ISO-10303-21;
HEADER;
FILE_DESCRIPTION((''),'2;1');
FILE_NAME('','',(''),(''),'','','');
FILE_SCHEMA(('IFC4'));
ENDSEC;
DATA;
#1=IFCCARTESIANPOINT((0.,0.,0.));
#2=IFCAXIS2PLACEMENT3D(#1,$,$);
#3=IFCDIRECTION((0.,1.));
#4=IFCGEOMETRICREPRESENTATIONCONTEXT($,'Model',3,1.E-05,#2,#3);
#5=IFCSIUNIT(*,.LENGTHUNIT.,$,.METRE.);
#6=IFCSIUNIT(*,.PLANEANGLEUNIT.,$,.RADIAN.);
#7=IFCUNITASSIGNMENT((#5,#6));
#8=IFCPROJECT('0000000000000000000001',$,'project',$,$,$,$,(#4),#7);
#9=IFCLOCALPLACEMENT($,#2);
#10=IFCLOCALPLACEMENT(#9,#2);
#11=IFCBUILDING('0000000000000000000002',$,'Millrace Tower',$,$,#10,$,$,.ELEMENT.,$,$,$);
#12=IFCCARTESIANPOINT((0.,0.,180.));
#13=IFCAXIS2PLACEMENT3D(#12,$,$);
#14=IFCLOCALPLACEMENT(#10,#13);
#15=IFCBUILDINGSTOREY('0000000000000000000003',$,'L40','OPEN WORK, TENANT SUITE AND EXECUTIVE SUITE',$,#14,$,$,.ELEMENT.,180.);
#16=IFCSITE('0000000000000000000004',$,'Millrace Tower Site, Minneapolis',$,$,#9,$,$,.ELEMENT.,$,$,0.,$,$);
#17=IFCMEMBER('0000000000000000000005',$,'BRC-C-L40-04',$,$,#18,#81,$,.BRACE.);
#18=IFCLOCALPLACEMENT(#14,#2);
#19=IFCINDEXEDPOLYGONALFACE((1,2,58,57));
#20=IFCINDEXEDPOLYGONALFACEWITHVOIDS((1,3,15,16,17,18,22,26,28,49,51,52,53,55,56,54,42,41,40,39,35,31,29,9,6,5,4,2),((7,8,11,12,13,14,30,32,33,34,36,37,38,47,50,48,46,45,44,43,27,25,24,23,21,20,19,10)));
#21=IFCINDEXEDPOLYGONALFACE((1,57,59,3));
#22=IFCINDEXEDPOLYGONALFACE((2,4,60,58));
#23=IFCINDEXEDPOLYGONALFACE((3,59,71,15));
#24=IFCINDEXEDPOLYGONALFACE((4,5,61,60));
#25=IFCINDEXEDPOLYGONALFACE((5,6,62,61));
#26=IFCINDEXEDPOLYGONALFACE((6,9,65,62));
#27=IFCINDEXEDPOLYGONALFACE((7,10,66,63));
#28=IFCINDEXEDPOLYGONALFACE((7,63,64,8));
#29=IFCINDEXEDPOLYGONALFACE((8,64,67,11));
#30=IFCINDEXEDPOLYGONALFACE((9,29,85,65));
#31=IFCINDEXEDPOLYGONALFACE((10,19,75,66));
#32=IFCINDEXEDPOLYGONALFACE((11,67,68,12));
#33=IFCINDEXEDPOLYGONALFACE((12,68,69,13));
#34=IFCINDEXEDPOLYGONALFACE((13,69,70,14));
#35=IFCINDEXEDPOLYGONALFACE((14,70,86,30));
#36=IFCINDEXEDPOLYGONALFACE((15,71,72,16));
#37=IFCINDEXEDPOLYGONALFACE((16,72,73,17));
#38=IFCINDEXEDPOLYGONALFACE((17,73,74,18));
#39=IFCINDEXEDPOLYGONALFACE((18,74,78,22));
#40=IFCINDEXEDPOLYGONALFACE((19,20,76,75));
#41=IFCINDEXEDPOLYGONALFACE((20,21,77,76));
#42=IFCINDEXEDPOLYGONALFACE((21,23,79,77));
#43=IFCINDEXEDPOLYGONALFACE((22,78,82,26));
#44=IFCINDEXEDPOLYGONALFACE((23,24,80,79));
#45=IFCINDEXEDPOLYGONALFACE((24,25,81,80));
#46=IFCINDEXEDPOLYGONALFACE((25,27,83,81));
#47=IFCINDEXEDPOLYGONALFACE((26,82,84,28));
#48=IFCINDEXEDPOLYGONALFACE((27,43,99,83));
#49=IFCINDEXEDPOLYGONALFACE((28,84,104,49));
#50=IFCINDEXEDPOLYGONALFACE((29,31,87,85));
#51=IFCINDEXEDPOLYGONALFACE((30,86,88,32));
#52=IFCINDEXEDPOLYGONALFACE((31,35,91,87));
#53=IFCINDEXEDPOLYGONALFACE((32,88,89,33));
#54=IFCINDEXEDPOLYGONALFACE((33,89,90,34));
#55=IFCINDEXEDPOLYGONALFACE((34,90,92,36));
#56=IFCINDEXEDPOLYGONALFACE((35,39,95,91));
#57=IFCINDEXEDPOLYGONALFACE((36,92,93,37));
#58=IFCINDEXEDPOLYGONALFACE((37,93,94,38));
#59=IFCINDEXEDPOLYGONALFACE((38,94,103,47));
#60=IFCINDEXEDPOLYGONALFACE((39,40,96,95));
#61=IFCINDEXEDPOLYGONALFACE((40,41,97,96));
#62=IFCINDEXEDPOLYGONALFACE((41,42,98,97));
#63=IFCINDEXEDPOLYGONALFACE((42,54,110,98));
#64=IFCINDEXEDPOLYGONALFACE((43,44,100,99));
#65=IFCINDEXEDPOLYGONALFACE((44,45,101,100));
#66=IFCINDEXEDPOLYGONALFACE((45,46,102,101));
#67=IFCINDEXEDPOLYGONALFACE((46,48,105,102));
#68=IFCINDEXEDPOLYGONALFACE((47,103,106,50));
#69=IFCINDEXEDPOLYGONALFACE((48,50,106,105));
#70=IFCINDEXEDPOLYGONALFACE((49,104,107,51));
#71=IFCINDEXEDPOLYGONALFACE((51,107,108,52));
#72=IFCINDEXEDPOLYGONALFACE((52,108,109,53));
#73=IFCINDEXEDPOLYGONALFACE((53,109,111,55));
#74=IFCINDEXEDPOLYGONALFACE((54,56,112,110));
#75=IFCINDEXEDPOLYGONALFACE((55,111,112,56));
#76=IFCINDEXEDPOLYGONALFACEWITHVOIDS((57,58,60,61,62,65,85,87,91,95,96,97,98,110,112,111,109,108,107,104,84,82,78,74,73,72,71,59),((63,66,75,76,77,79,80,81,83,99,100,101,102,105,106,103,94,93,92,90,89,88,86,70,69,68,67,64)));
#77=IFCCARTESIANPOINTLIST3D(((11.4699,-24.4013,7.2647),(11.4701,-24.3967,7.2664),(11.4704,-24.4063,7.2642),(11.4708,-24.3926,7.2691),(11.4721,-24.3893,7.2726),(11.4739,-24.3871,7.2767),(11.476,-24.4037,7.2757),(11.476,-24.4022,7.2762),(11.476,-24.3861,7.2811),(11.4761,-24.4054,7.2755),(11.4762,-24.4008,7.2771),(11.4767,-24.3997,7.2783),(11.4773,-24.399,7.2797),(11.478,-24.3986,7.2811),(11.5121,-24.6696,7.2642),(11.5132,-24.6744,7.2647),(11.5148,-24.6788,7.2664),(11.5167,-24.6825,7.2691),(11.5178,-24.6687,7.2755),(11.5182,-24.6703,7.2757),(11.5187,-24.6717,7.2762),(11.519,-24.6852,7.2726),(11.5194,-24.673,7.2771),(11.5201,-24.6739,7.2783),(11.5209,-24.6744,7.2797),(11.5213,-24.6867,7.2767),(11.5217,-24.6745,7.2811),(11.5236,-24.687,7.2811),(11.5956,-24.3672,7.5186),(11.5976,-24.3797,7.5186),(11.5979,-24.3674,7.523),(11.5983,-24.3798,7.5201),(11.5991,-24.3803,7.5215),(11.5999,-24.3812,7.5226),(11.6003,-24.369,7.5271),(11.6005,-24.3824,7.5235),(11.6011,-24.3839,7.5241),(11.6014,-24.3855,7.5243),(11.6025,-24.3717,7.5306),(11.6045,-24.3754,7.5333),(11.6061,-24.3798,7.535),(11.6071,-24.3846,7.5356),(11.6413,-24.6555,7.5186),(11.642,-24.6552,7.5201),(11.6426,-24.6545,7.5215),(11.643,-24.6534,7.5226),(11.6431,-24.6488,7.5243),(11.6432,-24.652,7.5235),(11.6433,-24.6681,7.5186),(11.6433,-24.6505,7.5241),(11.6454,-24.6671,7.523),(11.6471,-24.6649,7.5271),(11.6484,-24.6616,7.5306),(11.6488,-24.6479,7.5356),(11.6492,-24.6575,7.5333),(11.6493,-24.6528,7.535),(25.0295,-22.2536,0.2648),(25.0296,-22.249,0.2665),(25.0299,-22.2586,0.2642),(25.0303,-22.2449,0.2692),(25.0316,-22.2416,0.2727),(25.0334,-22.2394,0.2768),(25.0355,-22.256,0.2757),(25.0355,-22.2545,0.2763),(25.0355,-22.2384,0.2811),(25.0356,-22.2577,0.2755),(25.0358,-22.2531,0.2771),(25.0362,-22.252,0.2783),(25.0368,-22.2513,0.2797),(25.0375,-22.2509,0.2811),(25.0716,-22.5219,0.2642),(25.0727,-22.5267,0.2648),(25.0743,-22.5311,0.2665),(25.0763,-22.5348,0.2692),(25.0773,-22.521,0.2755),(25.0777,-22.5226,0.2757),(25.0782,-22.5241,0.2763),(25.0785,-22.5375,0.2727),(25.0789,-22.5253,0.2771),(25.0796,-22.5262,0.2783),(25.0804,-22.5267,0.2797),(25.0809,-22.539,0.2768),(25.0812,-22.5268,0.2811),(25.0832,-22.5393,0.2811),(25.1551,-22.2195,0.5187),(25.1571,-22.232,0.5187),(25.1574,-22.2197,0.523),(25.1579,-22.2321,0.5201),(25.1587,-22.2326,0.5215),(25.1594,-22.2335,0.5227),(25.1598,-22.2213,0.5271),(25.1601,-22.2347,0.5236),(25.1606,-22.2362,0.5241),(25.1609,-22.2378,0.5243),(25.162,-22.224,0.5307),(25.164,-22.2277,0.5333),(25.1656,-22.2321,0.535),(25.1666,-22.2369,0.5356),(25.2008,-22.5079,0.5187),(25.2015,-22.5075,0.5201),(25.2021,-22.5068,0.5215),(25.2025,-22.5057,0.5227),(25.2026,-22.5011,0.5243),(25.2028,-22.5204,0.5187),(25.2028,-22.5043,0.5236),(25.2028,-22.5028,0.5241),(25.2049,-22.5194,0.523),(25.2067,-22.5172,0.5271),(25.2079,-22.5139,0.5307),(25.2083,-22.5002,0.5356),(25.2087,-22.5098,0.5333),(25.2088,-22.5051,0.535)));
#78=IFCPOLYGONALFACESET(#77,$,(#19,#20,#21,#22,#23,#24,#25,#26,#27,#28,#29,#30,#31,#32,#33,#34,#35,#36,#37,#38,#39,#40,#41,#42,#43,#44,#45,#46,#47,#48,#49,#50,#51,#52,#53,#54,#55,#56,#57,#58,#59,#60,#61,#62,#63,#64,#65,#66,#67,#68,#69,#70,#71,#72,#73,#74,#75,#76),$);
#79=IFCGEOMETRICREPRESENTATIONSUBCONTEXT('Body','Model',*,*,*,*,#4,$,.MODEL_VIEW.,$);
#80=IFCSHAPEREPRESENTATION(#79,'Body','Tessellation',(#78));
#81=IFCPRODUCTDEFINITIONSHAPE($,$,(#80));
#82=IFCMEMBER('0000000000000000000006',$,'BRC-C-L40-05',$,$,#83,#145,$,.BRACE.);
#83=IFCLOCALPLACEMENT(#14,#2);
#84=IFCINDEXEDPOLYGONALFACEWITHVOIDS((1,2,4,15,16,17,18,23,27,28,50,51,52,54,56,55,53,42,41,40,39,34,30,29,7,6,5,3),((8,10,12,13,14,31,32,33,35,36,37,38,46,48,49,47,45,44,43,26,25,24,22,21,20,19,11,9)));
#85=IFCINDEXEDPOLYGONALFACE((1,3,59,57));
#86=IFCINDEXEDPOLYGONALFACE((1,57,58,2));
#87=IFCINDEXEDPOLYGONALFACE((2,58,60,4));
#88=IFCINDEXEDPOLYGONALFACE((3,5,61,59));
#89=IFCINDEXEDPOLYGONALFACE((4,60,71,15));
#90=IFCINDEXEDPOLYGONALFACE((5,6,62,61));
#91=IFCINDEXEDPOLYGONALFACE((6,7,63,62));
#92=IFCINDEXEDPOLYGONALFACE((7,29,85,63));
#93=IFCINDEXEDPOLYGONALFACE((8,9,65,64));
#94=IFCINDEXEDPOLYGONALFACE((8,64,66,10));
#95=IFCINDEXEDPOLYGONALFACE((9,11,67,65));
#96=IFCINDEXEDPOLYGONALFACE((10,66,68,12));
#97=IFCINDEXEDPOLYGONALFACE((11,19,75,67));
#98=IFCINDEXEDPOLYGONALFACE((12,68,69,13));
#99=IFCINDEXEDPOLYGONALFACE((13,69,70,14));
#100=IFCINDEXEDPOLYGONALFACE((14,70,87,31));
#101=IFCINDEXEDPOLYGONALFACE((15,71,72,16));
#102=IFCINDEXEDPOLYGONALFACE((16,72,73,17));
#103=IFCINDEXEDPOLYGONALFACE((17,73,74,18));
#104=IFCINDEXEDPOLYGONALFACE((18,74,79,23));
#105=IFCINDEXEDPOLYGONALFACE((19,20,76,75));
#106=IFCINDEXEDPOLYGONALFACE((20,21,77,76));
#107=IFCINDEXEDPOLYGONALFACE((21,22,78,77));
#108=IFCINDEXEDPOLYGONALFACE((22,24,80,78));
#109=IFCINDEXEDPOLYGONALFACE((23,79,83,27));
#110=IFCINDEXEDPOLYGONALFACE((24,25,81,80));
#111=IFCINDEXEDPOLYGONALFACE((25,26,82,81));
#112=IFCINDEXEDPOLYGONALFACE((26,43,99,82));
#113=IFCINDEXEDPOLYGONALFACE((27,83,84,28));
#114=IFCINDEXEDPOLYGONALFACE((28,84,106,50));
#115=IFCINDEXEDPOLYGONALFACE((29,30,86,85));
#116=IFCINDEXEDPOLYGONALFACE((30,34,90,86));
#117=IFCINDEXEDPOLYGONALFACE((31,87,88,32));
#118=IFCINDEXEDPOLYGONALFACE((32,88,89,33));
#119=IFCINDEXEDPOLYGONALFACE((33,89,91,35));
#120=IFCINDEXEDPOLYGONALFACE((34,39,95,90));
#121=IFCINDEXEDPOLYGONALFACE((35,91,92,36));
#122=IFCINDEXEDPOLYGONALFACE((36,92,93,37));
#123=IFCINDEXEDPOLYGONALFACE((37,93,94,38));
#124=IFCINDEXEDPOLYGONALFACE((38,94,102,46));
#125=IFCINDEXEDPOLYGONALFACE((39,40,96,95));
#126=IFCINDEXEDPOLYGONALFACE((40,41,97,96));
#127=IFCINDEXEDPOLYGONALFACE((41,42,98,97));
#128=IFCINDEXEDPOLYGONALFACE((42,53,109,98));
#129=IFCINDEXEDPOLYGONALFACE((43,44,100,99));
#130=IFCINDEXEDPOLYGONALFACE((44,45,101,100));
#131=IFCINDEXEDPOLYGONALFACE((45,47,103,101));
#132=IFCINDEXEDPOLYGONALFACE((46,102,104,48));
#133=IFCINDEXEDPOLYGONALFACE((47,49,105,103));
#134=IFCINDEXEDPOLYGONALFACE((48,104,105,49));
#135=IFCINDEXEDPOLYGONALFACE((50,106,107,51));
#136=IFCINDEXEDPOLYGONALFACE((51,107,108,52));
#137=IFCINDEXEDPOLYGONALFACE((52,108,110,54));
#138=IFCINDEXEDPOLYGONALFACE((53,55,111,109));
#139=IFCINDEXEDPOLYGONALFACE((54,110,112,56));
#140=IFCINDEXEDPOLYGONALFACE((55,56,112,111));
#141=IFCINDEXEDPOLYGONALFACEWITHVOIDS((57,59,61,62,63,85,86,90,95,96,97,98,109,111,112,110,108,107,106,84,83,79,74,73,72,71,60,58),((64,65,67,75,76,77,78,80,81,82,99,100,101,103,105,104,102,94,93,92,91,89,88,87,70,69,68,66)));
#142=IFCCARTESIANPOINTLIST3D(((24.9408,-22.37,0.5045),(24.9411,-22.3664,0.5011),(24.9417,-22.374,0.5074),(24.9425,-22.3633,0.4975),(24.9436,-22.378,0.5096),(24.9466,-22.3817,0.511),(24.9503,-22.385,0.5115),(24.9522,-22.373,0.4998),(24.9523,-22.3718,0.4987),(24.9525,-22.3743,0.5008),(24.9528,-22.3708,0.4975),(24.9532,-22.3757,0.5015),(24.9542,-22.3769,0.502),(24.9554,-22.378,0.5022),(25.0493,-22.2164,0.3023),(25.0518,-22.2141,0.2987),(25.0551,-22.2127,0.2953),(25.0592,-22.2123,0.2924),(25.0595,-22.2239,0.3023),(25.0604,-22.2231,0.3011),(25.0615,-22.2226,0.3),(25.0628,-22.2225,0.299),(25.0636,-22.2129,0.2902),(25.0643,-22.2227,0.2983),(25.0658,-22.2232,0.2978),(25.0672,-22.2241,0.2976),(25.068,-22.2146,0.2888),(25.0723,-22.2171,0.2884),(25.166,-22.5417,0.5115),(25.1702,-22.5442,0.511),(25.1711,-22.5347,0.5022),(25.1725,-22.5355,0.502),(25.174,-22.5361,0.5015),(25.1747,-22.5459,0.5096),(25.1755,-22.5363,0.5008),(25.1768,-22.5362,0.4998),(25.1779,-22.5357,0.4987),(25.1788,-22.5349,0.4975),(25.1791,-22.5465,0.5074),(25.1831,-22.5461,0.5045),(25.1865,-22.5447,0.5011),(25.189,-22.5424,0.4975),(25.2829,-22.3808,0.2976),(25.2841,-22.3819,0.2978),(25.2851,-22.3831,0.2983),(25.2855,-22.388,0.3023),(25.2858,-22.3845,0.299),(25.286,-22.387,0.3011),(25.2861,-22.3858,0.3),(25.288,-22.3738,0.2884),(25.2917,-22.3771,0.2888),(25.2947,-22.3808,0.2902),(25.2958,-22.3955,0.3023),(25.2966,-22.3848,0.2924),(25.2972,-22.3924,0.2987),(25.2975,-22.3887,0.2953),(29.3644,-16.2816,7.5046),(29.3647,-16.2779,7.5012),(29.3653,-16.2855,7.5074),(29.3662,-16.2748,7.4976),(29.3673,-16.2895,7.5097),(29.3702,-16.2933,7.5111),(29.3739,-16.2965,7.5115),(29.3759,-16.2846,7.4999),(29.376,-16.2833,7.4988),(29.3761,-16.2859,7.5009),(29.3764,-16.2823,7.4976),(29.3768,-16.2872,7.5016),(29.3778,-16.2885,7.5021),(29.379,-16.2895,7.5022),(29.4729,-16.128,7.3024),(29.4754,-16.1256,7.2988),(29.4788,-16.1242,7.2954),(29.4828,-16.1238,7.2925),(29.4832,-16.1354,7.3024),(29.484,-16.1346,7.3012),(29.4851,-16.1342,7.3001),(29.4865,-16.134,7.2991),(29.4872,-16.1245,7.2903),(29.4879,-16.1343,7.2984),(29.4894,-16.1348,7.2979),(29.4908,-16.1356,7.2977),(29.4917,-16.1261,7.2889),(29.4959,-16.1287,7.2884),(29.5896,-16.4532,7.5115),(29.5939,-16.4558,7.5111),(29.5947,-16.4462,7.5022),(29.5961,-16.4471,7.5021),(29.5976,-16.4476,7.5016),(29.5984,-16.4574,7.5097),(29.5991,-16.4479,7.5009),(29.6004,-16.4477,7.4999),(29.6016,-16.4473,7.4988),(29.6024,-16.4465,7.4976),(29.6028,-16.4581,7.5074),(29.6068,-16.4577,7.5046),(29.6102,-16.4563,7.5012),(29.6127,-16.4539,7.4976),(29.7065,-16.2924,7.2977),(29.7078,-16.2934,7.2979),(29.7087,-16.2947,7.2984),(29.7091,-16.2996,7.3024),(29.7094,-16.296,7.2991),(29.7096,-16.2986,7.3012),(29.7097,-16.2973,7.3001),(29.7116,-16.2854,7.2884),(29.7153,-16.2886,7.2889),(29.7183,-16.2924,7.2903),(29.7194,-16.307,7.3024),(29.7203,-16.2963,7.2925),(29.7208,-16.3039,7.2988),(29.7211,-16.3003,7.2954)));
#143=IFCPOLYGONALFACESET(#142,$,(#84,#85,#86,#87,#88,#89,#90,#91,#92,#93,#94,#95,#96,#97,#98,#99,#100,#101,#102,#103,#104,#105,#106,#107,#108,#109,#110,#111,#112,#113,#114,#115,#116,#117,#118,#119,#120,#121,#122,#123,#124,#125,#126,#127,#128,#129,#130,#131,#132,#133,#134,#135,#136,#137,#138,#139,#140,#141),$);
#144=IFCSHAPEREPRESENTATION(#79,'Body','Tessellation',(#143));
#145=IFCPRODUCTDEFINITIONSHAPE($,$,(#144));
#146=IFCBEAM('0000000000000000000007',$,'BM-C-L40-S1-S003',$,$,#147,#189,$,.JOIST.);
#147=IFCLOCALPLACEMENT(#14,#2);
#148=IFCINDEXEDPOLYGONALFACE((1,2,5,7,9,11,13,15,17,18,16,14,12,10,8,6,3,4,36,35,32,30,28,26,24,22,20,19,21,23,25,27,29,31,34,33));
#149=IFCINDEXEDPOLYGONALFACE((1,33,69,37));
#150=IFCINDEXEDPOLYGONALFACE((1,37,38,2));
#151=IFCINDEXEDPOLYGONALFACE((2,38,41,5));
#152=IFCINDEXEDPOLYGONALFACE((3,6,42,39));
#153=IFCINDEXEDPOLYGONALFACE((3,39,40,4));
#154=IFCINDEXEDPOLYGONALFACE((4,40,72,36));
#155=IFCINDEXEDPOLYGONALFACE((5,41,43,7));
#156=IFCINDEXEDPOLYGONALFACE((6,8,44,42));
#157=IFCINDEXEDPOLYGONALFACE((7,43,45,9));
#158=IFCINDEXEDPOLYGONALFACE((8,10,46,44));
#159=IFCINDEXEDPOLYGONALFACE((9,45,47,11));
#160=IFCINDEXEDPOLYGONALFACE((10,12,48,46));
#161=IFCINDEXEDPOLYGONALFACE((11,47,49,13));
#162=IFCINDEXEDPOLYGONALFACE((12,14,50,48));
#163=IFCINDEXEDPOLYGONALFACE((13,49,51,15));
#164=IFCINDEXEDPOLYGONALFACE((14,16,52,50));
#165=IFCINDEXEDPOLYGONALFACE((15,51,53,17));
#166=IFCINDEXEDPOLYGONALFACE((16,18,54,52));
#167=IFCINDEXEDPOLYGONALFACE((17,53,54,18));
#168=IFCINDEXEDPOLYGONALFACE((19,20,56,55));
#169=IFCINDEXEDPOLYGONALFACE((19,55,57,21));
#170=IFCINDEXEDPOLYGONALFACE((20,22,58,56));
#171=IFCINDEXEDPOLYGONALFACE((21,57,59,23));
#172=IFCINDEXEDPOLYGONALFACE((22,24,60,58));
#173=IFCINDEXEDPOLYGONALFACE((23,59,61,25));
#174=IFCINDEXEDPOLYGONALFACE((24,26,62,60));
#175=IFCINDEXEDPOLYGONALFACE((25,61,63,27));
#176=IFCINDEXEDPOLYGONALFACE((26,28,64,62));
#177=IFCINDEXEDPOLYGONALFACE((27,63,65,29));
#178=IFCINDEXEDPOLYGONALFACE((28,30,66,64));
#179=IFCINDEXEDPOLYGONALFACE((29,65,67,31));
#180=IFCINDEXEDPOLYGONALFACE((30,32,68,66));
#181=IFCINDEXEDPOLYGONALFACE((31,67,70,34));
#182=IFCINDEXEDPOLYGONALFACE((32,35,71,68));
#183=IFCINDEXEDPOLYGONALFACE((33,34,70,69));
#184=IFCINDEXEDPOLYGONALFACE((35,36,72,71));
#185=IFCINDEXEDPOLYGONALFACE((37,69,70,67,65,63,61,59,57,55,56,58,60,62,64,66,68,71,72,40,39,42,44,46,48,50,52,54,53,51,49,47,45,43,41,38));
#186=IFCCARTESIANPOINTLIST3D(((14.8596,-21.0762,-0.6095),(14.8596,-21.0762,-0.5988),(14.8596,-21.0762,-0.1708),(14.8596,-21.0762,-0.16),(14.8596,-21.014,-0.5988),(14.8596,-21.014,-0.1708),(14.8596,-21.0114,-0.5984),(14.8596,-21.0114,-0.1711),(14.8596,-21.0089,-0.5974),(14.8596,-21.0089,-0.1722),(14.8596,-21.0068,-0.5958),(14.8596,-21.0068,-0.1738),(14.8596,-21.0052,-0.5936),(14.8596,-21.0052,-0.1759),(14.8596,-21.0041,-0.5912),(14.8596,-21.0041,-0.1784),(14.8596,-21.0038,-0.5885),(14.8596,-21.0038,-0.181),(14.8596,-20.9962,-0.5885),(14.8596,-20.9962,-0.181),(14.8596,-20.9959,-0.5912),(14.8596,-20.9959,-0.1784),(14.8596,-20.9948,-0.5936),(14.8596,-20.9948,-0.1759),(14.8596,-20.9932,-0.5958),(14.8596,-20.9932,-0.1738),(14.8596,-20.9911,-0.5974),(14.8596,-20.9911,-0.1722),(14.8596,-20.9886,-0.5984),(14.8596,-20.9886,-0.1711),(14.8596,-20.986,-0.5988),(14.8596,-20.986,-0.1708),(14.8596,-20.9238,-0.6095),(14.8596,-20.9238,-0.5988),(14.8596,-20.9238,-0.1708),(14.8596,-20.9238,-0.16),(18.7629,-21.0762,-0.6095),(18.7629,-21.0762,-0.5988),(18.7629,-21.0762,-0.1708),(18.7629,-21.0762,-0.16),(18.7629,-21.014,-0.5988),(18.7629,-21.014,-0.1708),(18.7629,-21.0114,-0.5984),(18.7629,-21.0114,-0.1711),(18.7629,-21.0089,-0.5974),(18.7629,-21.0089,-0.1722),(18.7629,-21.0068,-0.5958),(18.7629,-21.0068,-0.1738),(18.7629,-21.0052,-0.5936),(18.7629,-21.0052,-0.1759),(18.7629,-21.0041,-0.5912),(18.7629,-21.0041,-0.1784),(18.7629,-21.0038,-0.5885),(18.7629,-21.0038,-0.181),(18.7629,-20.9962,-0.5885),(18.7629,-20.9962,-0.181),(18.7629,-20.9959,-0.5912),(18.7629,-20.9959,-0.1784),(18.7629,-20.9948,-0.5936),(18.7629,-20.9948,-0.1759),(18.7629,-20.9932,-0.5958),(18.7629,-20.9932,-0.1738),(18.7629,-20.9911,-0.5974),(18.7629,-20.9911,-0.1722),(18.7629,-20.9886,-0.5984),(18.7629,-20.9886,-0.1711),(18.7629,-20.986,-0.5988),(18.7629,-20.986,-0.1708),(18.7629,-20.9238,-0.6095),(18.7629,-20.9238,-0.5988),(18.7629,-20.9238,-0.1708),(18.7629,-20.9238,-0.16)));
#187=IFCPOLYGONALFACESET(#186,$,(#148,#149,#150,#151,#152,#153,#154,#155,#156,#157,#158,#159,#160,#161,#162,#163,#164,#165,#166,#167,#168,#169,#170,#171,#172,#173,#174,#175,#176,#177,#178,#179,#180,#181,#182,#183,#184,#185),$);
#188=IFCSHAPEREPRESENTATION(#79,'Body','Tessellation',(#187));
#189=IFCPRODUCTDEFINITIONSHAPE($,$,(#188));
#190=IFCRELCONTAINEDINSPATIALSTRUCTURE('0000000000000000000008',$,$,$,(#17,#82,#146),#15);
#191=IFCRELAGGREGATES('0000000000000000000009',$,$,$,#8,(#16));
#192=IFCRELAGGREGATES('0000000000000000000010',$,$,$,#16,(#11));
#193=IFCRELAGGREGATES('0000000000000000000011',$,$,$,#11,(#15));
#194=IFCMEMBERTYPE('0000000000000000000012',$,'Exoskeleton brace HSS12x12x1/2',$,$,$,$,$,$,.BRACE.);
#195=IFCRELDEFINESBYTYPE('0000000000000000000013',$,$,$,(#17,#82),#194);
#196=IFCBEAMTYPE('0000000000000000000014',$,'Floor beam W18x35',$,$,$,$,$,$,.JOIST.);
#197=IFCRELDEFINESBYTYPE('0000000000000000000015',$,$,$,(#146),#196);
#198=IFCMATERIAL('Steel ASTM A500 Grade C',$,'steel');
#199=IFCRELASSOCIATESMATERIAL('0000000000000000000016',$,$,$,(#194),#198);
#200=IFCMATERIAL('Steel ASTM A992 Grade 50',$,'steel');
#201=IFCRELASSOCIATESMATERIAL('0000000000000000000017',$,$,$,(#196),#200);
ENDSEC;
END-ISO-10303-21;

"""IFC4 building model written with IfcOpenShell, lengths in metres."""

from ifc_helpers import new_model, si_unit, direction, frame, origin, origin_2d, place, context, subcontext, project, spatial, hollow_rectangle, i_section, extrude, material, material_profile, profile_set, type_object, element, save


model = new_model("IFC4")

# Units and contexts
model_context = context("Model", 3, precision=1e-05, world=origin(), true_north=direction((0.0, 1.0)))
body_context = subcontext(model_context, "Body", "Model", "MODEL_VIEW")
ifc_project = project(units=[si_unit("LENGTHUNIT", "METRE"), si_unit("PLANEANGLEUNIT", "RADIAN")], contexts=[model_context])

# Site, building, storey
site_placement = place(None, origin())
site = spatial("IfcSite", under=ifc_project, at=site_placement, Name="Millrace Tower Site, Minneapolis", CompositionType="ELEMENT", RefElevation=0.0)
building_placement = place(site_placement, origin())
building = spatial("IfcBuilding", under=site, at=building_placement, Name="Millrace Tower", CompositionType="ELEMENT")
storey_placement = place(building_placement, frame((0.0, 0.0, 180.0)))
storey = spatial("IfcBuildingStorey", under=building, at=storey_placement, Name="L40", Description="OPEN WORK, TENANT SUITE AND EXECUTIVE SUITE", CompositionType="ELEMENT", Elevation=180.0)

# Members
ifc_material_1 = material(Name="Steel ASTM A500 Grade C", Category="steel")
ifc_material_profile_1 = material_profile(ifc_material_1, hollow_rectangle(XDim=0.3047, YDim=0.3047, WallThickness=0.0127, InnerFilletRadius=0.0063, OuterFilletRadius=0.019, at=origin_2d()))
ifc_profile_set_1 = profile_set([ifc_material_profile_1], Name="Steel ASTM A500 Grade C")
member_type_1 = type_object("IfcMemberType", Name="Exoskeleton brace HSS12x12x1/2", PredefinedType="BRACE", material=ifc_profile_set_1)
member_1_placement = place(storey_placement, frame((25.1191, -22.3794, 0.3999), z_axis=(-0.879908, -0.139369, 0.454244), x_axis=(0.15644, -0.987687, 0.0)))
element("IfcMember", 1, at=member_1_placement, inside=storey, type_object=member_type_1, Name="BRC-C-L40-04", PredefinedType="BRACE", context=body_context, shape_type="SweptSolid", body=[
    extrude(hollow_rectangle(XDim=0.3047, YDim=0.3047, WallThickness=0.0127, InnerFilletRadius=0.0063, OuterFilletRadius=0.019, at=origin_2d()), origin(), (0.0, 0.0, 1.0), 15.4102),
])
member_2_placement = place(storey_placement, frame((25.1191, -22.3794, 0.3999), z_axis=(0.430395, 0.592372, 0.681069), x_axis=(-0.80901, 0.587795, 0.0)))
element("IfcMember", 2, at=member_2_placement, inside=storey, type_object=member_type_1, Name="BRC-C-L40-05", PredefinedType="BRACE", context=body_context, shape_type="SweptSolid", body=[
    extrude(hollow_rectangle(XDim=0.3047, YDim=0.3047, WallThickness=0.0127, InnerFilletRadius=0.0063, OuterFilletRadius=0.019, at=origin_2d()), origin(), (0.0, 0.0, 1.0), 10.2781),
])

# Beam
ifc_material_2 = material(Name="Steel ASTM A992 Grade 50", Category="steel")
ifc_material_profile_2 = material_profile(ifc_material_2, i_section(OverallWidth=0.1523, OverallDepth=0.4495, WebThickness=0.0076, FlangeThickness=0.0107, FilletRadius=0.0103, at=origin_2d()))
ifc_profile_set_2 = profile_set([ifc_material_profile_2], Name="Steel ASTM A992 Grade 50")
beam_type_1 = type_object("IfcBeamType", Name="Floor beam W18x35", PredefinedType="JOIST", material=ifc_profile_set_2)
beam_1_placement = place(storey_placement, frame((14.8596, -21.0, -0.3848), z_axis=(1.0, 0.0, 0.0), x_axis=(0.0, 1.0, 0.0)))
element("IfcBeam", 3, at=beam_1_placement, inside=storey, type_object=beam_type_1, Name="BM-C-L40-S1-S003", PredefinedType="JOIST", context=body_context, shape_type="SweptSolid", body=[
    extrude(i_section(OverallWidth=0.1523, OverallDepth=0.4495, WebThickness=0.0076, FlangeThickness=0.0107, FilletRadius=0.0103, at=origin_2d()), origin(), (0.0, 0.0, 1.0), 3.9033),
])

save(model, "model.ifc")
